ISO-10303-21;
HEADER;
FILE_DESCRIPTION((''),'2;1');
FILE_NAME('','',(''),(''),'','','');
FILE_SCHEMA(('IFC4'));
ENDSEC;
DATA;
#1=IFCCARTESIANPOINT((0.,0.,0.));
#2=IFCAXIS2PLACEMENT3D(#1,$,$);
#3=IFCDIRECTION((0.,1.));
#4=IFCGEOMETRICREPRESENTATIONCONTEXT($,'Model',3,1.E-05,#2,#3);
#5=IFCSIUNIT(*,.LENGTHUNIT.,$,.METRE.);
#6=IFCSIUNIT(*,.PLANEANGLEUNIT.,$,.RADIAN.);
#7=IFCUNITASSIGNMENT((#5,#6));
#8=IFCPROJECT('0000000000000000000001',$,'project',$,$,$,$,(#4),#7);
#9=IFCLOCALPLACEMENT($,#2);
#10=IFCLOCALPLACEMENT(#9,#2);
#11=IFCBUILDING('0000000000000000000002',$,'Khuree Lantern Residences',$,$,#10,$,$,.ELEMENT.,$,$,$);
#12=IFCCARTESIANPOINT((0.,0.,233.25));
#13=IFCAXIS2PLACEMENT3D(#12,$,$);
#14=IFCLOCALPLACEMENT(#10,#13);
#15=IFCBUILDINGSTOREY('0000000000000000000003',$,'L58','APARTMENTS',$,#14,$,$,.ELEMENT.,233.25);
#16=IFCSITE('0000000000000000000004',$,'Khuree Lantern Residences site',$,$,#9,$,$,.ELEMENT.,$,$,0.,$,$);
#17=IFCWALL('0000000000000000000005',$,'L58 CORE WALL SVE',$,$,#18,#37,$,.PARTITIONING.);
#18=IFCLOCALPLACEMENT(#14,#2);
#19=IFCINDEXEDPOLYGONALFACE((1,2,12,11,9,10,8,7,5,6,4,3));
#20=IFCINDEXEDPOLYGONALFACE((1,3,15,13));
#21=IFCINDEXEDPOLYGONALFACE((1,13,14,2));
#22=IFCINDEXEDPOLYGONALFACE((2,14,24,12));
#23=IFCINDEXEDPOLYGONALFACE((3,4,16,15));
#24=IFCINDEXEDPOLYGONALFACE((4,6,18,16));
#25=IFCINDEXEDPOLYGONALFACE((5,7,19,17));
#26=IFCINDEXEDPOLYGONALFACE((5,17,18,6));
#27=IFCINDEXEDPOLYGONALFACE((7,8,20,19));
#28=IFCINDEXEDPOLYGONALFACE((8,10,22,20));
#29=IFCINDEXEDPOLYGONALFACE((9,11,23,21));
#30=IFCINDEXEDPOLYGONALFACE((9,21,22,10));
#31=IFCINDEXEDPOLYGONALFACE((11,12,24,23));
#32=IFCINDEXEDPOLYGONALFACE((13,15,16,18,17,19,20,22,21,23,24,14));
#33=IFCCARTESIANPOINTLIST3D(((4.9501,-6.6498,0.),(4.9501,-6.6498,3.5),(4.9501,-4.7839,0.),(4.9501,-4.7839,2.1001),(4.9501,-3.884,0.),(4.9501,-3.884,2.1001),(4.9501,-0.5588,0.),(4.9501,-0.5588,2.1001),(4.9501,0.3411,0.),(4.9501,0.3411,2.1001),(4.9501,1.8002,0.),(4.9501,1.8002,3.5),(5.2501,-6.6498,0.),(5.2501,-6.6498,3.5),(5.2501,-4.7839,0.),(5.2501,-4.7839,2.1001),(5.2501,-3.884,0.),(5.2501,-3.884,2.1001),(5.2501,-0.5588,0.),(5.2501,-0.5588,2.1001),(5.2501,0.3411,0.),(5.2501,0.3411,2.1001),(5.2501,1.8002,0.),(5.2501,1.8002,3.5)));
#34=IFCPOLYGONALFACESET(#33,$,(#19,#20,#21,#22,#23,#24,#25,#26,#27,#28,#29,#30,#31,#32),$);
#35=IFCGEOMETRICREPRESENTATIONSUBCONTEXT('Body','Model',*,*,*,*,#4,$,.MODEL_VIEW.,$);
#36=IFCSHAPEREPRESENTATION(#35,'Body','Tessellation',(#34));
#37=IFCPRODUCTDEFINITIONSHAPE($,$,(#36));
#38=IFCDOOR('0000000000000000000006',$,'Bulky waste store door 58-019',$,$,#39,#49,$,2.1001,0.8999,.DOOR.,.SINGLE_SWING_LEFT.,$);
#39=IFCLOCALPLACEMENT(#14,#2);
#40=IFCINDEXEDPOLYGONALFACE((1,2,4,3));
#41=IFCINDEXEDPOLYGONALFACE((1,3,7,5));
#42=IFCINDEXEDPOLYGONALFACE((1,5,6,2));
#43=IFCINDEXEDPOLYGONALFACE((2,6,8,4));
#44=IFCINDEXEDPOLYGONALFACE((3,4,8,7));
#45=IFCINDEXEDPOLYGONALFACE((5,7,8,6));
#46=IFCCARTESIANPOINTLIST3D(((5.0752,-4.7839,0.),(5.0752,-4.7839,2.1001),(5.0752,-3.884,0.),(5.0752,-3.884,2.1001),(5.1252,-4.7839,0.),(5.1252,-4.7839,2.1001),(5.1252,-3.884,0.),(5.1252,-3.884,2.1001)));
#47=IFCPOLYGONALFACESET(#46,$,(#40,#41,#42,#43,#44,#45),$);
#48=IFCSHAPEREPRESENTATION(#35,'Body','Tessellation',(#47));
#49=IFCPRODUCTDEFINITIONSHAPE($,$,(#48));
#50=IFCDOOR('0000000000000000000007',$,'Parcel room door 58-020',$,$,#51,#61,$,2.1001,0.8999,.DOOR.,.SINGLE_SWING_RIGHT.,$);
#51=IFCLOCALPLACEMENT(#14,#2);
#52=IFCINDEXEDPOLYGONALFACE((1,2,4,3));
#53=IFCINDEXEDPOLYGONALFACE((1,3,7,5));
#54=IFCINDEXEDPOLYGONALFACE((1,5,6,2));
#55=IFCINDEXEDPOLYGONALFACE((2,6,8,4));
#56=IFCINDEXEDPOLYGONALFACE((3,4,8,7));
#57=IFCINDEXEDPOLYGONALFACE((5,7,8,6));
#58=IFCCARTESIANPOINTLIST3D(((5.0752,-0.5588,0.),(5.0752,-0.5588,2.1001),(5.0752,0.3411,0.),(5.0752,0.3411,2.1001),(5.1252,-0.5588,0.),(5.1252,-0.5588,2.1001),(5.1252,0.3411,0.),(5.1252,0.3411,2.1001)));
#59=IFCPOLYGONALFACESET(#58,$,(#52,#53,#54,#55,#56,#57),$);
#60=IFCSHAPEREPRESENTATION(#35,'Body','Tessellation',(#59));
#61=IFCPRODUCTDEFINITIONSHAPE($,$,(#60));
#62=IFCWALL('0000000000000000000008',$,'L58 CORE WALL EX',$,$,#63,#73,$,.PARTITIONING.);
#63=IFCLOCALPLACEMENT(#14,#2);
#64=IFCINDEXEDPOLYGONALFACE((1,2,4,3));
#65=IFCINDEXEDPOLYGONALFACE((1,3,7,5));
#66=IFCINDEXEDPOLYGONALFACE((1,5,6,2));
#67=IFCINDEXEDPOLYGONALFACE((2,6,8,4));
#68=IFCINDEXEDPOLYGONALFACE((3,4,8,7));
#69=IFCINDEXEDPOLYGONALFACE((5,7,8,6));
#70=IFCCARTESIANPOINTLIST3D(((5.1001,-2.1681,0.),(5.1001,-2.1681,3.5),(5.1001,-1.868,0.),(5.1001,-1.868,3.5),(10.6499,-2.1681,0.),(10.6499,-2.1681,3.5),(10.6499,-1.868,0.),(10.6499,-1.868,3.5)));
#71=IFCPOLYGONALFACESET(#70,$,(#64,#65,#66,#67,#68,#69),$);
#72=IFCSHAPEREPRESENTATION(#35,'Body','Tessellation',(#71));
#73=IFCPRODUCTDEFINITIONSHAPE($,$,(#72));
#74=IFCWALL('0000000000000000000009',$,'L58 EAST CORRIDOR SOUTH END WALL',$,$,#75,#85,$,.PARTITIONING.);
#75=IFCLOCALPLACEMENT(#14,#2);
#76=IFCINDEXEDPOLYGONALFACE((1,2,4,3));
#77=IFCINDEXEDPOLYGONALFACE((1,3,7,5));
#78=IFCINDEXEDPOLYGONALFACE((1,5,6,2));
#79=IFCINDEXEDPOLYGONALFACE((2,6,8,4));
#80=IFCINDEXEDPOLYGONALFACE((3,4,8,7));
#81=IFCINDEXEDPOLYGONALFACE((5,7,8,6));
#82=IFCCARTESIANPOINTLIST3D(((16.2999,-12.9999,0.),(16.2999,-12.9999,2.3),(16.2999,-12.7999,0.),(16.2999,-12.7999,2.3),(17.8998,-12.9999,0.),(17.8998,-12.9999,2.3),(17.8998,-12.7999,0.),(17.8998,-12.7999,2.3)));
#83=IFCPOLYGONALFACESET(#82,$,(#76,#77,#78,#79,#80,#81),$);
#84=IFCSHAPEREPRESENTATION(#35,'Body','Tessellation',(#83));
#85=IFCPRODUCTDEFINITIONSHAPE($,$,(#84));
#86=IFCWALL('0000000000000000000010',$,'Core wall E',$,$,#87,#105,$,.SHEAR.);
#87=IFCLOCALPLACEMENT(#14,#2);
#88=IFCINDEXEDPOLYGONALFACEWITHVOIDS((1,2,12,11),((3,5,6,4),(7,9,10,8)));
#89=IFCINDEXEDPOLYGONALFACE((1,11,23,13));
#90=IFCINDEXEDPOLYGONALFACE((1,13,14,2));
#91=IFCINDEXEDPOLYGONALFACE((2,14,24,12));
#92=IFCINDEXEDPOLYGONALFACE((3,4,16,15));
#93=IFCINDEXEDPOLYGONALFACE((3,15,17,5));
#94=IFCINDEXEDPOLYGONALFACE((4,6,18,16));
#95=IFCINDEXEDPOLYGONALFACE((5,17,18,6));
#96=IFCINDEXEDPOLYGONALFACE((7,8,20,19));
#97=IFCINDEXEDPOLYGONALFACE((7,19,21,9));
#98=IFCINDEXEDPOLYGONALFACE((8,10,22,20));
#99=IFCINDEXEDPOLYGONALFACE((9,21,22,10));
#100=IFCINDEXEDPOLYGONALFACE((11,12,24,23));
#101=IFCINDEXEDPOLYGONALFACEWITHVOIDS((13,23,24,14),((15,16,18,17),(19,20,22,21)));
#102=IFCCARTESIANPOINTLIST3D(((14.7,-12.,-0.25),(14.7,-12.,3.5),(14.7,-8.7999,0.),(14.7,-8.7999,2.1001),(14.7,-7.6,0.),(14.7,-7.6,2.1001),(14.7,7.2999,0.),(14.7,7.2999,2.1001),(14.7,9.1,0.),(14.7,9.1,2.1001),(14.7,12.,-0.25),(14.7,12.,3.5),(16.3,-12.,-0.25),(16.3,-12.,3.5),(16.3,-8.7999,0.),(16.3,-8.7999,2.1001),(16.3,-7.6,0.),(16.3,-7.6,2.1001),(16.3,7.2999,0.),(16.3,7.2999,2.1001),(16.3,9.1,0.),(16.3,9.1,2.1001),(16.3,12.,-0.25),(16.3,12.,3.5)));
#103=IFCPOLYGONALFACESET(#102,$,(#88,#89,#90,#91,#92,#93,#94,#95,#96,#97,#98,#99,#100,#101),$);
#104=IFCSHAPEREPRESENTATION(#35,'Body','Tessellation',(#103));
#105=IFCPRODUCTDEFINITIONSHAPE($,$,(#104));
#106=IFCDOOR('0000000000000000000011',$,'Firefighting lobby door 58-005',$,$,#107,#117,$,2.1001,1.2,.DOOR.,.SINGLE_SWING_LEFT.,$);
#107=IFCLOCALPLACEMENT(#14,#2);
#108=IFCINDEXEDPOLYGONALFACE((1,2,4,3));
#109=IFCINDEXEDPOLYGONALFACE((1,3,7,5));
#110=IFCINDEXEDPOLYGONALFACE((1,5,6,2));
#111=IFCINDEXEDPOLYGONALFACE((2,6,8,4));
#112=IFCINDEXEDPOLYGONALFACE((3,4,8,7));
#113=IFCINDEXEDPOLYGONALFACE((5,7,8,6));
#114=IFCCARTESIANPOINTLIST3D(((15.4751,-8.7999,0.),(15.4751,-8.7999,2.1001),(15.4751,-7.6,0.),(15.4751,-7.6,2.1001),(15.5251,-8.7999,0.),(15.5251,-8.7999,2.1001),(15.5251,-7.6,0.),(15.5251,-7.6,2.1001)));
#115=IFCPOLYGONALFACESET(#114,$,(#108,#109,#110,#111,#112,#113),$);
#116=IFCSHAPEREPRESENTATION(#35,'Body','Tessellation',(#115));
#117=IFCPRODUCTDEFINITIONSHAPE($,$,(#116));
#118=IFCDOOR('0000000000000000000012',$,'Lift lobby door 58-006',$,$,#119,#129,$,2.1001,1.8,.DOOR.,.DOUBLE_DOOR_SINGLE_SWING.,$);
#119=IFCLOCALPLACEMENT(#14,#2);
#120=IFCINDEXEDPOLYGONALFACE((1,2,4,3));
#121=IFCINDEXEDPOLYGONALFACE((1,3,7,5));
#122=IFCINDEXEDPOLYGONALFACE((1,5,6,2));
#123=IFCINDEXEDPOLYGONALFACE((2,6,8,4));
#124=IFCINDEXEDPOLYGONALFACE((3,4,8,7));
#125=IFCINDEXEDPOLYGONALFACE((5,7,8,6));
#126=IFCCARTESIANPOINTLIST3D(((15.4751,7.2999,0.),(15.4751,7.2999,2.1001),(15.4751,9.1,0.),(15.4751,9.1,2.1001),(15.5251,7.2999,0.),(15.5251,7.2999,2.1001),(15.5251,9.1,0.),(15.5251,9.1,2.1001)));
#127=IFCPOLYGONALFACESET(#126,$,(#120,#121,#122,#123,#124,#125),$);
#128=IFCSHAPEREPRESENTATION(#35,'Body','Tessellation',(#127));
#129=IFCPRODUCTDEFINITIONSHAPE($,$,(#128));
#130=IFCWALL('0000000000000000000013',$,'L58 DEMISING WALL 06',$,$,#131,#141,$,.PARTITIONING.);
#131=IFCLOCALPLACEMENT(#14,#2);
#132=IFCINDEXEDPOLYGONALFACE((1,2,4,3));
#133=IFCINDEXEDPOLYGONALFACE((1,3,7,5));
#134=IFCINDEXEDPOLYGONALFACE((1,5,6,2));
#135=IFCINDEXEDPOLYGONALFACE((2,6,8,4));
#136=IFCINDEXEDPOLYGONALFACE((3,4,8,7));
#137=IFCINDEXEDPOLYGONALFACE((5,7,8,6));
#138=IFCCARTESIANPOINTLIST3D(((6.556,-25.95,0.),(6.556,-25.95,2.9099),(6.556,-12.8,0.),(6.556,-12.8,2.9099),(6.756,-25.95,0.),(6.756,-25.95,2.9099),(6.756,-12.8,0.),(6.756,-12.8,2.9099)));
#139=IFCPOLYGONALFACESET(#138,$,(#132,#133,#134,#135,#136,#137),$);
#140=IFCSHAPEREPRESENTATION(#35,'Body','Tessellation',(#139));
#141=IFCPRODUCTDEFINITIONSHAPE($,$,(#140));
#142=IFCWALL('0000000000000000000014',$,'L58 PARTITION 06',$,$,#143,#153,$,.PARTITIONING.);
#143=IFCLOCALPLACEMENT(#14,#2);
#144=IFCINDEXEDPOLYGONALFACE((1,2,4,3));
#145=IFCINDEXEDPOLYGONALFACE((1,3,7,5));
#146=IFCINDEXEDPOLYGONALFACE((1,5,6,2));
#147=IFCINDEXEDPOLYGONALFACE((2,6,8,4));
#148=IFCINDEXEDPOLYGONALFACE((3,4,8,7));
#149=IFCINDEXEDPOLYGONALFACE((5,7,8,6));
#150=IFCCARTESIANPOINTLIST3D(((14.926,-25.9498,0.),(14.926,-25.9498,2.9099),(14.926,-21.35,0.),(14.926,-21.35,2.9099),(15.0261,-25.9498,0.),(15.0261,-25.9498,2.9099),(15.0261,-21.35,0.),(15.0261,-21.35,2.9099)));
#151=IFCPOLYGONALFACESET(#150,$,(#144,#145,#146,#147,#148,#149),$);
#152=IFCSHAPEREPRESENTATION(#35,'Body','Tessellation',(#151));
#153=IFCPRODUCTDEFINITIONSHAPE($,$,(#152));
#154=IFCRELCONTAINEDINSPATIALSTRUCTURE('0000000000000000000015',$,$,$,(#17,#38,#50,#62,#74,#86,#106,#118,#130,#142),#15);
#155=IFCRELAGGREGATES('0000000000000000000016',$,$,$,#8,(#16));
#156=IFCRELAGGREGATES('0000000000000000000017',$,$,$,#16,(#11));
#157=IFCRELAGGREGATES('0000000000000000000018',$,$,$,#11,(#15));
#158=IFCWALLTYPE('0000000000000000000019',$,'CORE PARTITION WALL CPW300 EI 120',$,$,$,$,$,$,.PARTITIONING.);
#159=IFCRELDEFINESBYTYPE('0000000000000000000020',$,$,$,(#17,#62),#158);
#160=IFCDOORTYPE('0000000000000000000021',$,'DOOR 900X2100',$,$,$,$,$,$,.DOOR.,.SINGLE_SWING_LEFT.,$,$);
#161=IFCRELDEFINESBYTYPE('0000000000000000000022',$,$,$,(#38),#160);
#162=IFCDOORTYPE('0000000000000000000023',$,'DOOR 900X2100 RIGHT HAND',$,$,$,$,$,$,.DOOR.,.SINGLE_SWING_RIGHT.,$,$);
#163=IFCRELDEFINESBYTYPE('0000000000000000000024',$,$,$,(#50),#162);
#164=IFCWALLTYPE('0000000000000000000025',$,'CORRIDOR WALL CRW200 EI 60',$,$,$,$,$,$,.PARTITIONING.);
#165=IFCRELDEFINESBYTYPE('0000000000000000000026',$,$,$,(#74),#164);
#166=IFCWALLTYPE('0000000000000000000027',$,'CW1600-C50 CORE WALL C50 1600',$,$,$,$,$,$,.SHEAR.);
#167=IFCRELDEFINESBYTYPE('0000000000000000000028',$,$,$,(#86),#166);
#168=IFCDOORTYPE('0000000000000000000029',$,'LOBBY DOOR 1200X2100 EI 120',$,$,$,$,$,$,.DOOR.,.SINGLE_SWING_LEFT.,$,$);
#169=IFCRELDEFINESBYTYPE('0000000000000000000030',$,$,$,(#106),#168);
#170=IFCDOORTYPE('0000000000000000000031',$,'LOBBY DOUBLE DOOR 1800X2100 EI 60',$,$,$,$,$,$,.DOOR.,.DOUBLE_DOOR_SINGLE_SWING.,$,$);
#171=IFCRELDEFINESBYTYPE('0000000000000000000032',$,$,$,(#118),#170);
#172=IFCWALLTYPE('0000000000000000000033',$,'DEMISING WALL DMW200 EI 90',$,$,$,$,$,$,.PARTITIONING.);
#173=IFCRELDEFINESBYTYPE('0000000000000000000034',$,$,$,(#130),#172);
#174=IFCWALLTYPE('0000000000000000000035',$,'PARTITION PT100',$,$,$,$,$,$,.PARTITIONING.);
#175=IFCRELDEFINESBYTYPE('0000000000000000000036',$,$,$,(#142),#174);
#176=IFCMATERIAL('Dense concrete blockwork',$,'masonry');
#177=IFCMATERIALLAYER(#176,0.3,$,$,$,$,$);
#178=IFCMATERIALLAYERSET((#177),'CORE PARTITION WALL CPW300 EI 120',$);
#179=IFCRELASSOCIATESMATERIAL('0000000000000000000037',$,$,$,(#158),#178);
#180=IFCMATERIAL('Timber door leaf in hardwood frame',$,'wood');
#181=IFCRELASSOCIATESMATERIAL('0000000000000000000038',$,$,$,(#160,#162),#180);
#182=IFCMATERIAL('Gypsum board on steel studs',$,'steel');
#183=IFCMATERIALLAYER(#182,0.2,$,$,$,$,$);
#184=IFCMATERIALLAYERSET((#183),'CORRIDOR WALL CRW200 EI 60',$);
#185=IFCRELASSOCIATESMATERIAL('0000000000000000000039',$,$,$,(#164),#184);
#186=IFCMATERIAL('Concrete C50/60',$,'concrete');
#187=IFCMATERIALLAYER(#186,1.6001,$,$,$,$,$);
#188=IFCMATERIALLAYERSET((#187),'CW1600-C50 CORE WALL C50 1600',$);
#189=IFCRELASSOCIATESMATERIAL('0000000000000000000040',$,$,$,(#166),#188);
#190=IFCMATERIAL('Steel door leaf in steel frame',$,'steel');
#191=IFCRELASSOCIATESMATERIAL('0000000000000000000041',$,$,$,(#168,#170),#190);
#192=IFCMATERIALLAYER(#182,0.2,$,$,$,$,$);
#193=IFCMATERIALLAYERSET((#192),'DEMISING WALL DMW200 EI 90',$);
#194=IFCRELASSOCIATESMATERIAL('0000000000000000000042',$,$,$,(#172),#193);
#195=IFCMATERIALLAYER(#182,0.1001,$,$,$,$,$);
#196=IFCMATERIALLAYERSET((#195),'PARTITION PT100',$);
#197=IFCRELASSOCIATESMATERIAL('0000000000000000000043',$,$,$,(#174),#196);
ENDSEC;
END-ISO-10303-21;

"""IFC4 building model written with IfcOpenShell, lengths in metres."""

from ifc_helpers import new_model, si_unit, direction, frame, frame_2d, origin, place, context, subcontext, project, spatial, rectangle, extrude, material, layer, layer_set, type_object, element, fill, save


model = new_model("IFC4")

# Units and contexts
model_context = context("Model", 3, precision=1e-05, world=origin(), true_north=direction((0.0, 1.0)))
body_context = subcontext(model_context, "Body", "Model", "MODEL_VIEW")
ifc_project = project(units=[si_unit("LENGTHUNIT", "METRE"), si_unit("PLANEANGLEUNIT", "RADIAN")], contexts=[model_context])

# Site, building, storey
site_placement = place(None, origin())
site = spatial("IfcSite", under=ifc_project, at=site_placement, Name="Khuree Lantern Residences site", CompositionType="ELEMENT", RefElevation=0.0)
building_placement = place(site_placement, origin())
building = spatial("IfcBuilding", under=site, at=building_placement, Name="Khuree Lantern Residences", CompositionType="ELEMENT")
storey_placement = place(building_placement, frame((0.0, 0.0, 233.25)))
storey = spatial("IfcBuildingStorey", under=building, at=storey_placement, Name="L58", Description="APARTMENTS", CompositionType="ELEMENT", Elevation=233.25)

# Shared definitions
ifc_material_1 = material(Name="Concrete C50/60", Category="concrete")

# Shared definitions
ifc_material_2 = material(Name="Timber door leaf in hardwood frame", Category="wood")

# Shared definitions
ifc_material_3 = material(Name="Dense concrete blockwork", Category="masonry")
ifc_layer_1 = layer(ifc_material_3, 0.3)
ifc_layer_set_1 = layer_set([ifc_layer_1], Name="CORE PARTITION WALL CPW300 EI 120")
wall_type_1 = type_object("IfcWallType", Name="CORE PARTITION WALL CPW300 EI 120", PredefinedType="PARTITIONING", material=ifc_layer_set_1)

# Wall, openings, doors
wall_1_placement = place(storey_placement, frame((5.1001, -6.6499, 0.0), z_axis=(0.0, 0.0, 1.0), x_axis=(0.0, 1.0, 0.0)))
wall_1 = element("IfcWall", 1, at=wall_1_placement, inside=storey, type_object=wall_type_1, Name="L58 CORE WALL SVE", PredefinedType="PARTITIONING", context=body_context, shape_type="SweptSolid", body=[
    extrude(rectangle(XDim=8.45, YDim=0.3, at=frame_2d((4.2251, 0.0))), origin(), (0.0, 0.0, 1.0), 3.5),
])
opening_1_placement = place(wall_1_placement, frame((1.866, 0.0, 0.0)))
opening_1 = element("IfcOpeningElement", 2, at=opening_1_placement, cuts=wall_1, PredefinedType="OPENING", context=body_context, shape_type="SweptSolid", body=[
    extrude(rectangle(XDim=0.8999, YDim=2.1001, at=frame_2d((0.45, 1.05))), frame((0.0, 0.1602, 0.0), z_axis=(0.0, -1.0, 0.0), x_axis=(1.0, 0.0, 0.0)), (0.0, 0.0, 1.0), 0.3201),
])
opening_2_placement = place(wall_1_placement, frame((6.0911, 0.0, 0.0)))
opening_2 = element("IfcOpeningElement", 3, at=opening_2_placement, cuts=wall_1, PredefinedType="OPENING", context=body_context, shape_type="SweptSolid", body=[
    extrude(rectangle(XDim=0.8999, YDim=2.1001, at=frame_2d((0.45, 1.05))), frame((0.0, 0.1602, 0.0), z_axis=(0.0, -1.0, 0.0), x_axis=(1.0, 0.0, 0.0)), (0.0, 0.0, 1.0), 0.3201),
])
door_type_1 = type_object("IfcDoorType", Name="DOOR 900X2100", OperationType="SINGLE_SWING_LEFT", PredefinedType="DOOR", material=ifc_material_2)
door_1_placement = place(opening_1_placement, origin())
door_1 = element("IfcDoor", 4, at=door_1_placement, inside=storey, type_object=door_type_1, Name="Bulky waste store door 58-019", OperationType="SINGLE_SWING_LEFT", OverallHeight=2.1001, OverallWidth=0.8999, PredefinedType="DOOR", context=body_context, shape_type="SweptSolid", body=[
    extrude(rectangle(XDim=0.8999, YDim=2.1001, at=frame_2d((0.45, 1.05))), frame((0.0, 0.0249, 0.0), z_axis=(0.0, -1.0, 0.0), x_axis=(1.0, 0.0, 0.0)), (0.0, 0.0, 1.0), 0.05),
])
fill(opening_1, door_1)
door_type_2 = type_object("IfcDoorType", Name="DOOR 900X2100 RIGHT HAND", OperationType="SINGLE_SWING_RIGHT", PredefinedType="DOOR", material=ifc_material_2)
door_2_placement = place(opening_2_placement, origin())
door_2 = element("IfcDoor", 5, at=door_2_placement, inside=storey, type_object=door_type_2, Name="Parcel room door 58-020", OperationType="SINGLE_SWING_RIGHT", OverallHeight=2.1001, OverallWidth=0.8999, PredefinedType="DOOR", context=body_context, shape_type="SweptSolid", body=[
    extrude(rectangle(XDim=0.8999, YDim=2.1001, at=frame_2d((0.45, 1.05))), frame((0.0, 0.0249, 0.0), z_axis=(0.0, -1.0, 0.0), x_axis=(1.0, 0.0, 0.0)), (0.0, 0.0, 1.0), 0.05),
])
fill(opening_2, door_2)

# Walls
wall_2_placement = place(storey_placement, frame((10.6499, -2.0181, 0.0), z_axis=(0.0, 0.0, 1.0), x_axis=(-1.0, 0.0, 0.0)))
element("IfcWall", 6, at=wall_2_placement, inside=storey, type_object=wall_type_1, Name="L58 CORE WALL EX", PredefinedType="PARTITIONING", context=body_context, shape_type="SweptSolid", body=[
    extrude(rectangle(XDim=5.5498, YDim=0.3, at=frame_2d((2.7749, 0.0))), origin(), (0.0, 0.0, 1.0), 3.5),
])
ifc_material_4 = material(Name="Gypsum board on steel studs", Category="steel")
ifc_layer_2 = layer(ifc_material_4, 0.2)
ifc_layer_set_2 = layer_set([ifc_layer_2], Name="CORRIDOR WALL CRW200 EI 60")
wall_type_2 = type_object("IfcWallType", Name="CORRIDOR WALL CRW200 EI 60", PredefinedType="PARTITIONING", material=ifc_layer_set_2)
wall_3_placement = place(storey_placement, frame((16.3, -12.8999, 0.0), z_axis=(0.0, 0.0, 1.0), x_axis=(1.0, 0.0, 0.0)))
element("IfcWall", 7, at=wall_3_placement, inside=storey, type_object=wall_type_2, Name="L58 EAST CORRIDOR SOUTH END WALL", PredefinedType="PARTITIONING", context=body_context, shape_type="SweptSolid", body=[
    extrude(rectangle(XDim=1.5999, YDim=0.2, at=frame_2d((0.7998, 0.0))), origin(), (0.0, 0.0, 1.0), 2.3),
])

# Wall, openings, doors
ifc_layer_3 = layer(ifc_material_1, 1.6001)
ifc_layer_set_3 = layer_set([ifc_layer_3], Name="CW1600-C50 CORE WALL C50 1600")
wall_type_3 = type_object("IfcWallType", Name="CW1600-C50 CORE WALL C50 1600", PredefinedType="SHEAR", material=ifc_layer_set_3)
wall_4_placement = place(storey_placement, frame((15.5, -12.0, -0.25), z_axis=(0.0, 0.0, 1.0), x_axis=(0.0, 1.0, 0.0)))
wall_4 = element("IfcWall", 8, at=wall_4_placement, inside=storey, type_object=wall_type_3, Name="Core wall E", PredefinedType="SHEAR", context=body_context, shape_type="SweptSolid", body=[
    extrude(rectangle(XDim=24.0, YDim=1.6001, at=frame_2d((12.0, 0.0))), origin(), (0.0, 0.0, 1.0), 3.75),
])
opening_3_placement = place(wall_4_placement, frame((3.2, 0.0, 0.25)))
opening_3 = element("IfcOpeningElement", 9, at=opening_3_placement, cuts=wall_4, PredefinedType="OPENING", context=body_context, shape_type="SweptSolid", body=[
    extrude(rectangle(XDim=1.2, YDim=2.1001, at=frame_2d((0.6001, 1.05))), frame((0.0, 0.8101, 0.0), z_axis=(0.0, -1.0, 0.0), x_axis=(1.0, 0.0, 0.0)), (0.0, 0.0, 1.0), 1.6201),
])
opening_4_placement = place(wall_4_placement, frame((19.3, 0.0, 0.25)))
opening_4 = element("IfcOpeningElement", 10, at=opening_4_placement, cuts=wall_4, PredefinedType="OPENING", context=body_context, shape_type="SweptSolid", body=[
    extrude(rectangle(XDim=1.8, YDim=2.1001, at=frame_2d((0.8999, 1.05))), frame((0.0, 0.8101, 0.0), z_axis=(0.0, -1.0, 0.0), x_axis=(1.0, 0.0, 0.0)), (0.0, 0.0, 1.0), 1.6201),
])
ifc_material_5 = material(Name="Steel door leaf in steel frame", Category="steel")
door_type_3 = type_object("IfcDoorType", Name="LOBBY DOOR 1200X2100 EI 120", OperationType="SINGLE_SWING_LEFT", PredefinedType="DOOR", material=ifc_material_5)
door_3_placement = place(opening_3_placement, origin())
door_3 = element("IfcDoor", 11, at=door_3_placement, inside=storey, type_object=door_type_3, Name="Firefighting lobby door 58-005", OperationType="SINGLE_SWING_LEFT", OverallHeight=2.1001, OverallWidth=1.2, PredefinedType="DOOR", context=body_context, shape_type="SweptSolid", body=[
    extrude(rectangle(XDim=1.2, YDim=2.1001, at=frame_2d((0.6001, 1.05))), frame((0.0, 0.0249, 0.0), z_axis=(0.0, -1.0, 0.0), x_axis=(1.0, 0.0, 0.0)), (0.0, 0.0, 1.0), 0.05),
])
fill(opening_3, door_3)
door_type_4 = type_object("IfcDoorType", Name="LOBBY DOUBLE DOOR 1800X2100 EI 60", OperationType="DOUBLE_DOOR_SINGLE_SWING", PredefinedType="DOOR", material=ifc_material_5)
door_4_placement = place(opening_4_placement, origin())
door_4 = element("IfcDoor", 12, at=door_4_placement, inside=storey, type_object=door_type_4, Name="Lift lobby door 58-006", OperationType="DOUBLE_DOOR_SINGLE_SWING", OverallHeight=2.1001, OverallWidth=1.8, PredefinedType="DOOR", context=body_context, shape_type="SweptSolid", body=[
    extrude(rectangle(XDim=1.8, YDim=2.1001, at=frame_2d((0.8999, 1.05))), frame((0.0, 0.0249, 0.0), z_axis=(0.0, -1.0, 0.0), x_axis=(1.0, 0.0, 0.0)), (0.0, 0.0, 1.0), 0.05),
])
fill(opening_4, door_4)

# Walls
ifc_layer_4 = layer(ifc_material_4, 0.2)
ifc_layer_set_4 = layer_set([ifc_layer_4], Name="DEMISING WALL DMW200 EI 90")
wall_type_4 = type_object("IfcWallType", Name="DEMISING WALL DMW200 EI 90", PredefinedType="PARTITIONING", material=ifc_layer_set_4)
wall_5_placement = place(storey_placement, frame((6.656, -12.8, 0.0), z_axis=(0.0, 0.0, 1.0), x_axis=(0.0, -1.0, 0.0)))
element("IfcWall", 13, at=wall_5_placement, inside=storey, type_object=wall_type_4, Name="L58 DEMISING WALL 06", PredefinedType="PARTITIONING", context=body_context, shape_type="SweptSolid", body=[
    extrude(rectangle(XDim=13.1499, YDim=0.2, at=frame_2d((6.575, 0.0))), origin(), (0.0, 0.0, 1.0), 2.9099),
])
ifc_layer_5 = layer(ifc_material_4, 0.1001)
ifc_layer_set_5 = layer_set([ifc_layer_5], Name="PARTITION PT100")
wall_type_5 = type_object("IfcWallType", Name="PARTITION PT100", PredefinedType="PARTITIONING", material=ifc_layer_set_5)
wall_6_placement = place(storey_placement, frame((14.9761, -21.3501, 0.0), z_axis=(0.0, 0.0, 1.0), x_axis=(0.0, -1.0, 0.0)))
element("IfcWall", 14, at=wall_6_placement, inside=storey, type_object=wall_type_5, Name="L58 PARTITION 06", PredefinedType="PARTITIONING", context=body_context, shape_type="SweptSolid", body=[
    extrude(rectangle(XDim=4.5999, YDim=0.1001, at=frame_2d((2.2998, 0.0))), origin(), (0.0, 0.0, 1.0), 2.9099),
])

save(model, "model.ifc")
